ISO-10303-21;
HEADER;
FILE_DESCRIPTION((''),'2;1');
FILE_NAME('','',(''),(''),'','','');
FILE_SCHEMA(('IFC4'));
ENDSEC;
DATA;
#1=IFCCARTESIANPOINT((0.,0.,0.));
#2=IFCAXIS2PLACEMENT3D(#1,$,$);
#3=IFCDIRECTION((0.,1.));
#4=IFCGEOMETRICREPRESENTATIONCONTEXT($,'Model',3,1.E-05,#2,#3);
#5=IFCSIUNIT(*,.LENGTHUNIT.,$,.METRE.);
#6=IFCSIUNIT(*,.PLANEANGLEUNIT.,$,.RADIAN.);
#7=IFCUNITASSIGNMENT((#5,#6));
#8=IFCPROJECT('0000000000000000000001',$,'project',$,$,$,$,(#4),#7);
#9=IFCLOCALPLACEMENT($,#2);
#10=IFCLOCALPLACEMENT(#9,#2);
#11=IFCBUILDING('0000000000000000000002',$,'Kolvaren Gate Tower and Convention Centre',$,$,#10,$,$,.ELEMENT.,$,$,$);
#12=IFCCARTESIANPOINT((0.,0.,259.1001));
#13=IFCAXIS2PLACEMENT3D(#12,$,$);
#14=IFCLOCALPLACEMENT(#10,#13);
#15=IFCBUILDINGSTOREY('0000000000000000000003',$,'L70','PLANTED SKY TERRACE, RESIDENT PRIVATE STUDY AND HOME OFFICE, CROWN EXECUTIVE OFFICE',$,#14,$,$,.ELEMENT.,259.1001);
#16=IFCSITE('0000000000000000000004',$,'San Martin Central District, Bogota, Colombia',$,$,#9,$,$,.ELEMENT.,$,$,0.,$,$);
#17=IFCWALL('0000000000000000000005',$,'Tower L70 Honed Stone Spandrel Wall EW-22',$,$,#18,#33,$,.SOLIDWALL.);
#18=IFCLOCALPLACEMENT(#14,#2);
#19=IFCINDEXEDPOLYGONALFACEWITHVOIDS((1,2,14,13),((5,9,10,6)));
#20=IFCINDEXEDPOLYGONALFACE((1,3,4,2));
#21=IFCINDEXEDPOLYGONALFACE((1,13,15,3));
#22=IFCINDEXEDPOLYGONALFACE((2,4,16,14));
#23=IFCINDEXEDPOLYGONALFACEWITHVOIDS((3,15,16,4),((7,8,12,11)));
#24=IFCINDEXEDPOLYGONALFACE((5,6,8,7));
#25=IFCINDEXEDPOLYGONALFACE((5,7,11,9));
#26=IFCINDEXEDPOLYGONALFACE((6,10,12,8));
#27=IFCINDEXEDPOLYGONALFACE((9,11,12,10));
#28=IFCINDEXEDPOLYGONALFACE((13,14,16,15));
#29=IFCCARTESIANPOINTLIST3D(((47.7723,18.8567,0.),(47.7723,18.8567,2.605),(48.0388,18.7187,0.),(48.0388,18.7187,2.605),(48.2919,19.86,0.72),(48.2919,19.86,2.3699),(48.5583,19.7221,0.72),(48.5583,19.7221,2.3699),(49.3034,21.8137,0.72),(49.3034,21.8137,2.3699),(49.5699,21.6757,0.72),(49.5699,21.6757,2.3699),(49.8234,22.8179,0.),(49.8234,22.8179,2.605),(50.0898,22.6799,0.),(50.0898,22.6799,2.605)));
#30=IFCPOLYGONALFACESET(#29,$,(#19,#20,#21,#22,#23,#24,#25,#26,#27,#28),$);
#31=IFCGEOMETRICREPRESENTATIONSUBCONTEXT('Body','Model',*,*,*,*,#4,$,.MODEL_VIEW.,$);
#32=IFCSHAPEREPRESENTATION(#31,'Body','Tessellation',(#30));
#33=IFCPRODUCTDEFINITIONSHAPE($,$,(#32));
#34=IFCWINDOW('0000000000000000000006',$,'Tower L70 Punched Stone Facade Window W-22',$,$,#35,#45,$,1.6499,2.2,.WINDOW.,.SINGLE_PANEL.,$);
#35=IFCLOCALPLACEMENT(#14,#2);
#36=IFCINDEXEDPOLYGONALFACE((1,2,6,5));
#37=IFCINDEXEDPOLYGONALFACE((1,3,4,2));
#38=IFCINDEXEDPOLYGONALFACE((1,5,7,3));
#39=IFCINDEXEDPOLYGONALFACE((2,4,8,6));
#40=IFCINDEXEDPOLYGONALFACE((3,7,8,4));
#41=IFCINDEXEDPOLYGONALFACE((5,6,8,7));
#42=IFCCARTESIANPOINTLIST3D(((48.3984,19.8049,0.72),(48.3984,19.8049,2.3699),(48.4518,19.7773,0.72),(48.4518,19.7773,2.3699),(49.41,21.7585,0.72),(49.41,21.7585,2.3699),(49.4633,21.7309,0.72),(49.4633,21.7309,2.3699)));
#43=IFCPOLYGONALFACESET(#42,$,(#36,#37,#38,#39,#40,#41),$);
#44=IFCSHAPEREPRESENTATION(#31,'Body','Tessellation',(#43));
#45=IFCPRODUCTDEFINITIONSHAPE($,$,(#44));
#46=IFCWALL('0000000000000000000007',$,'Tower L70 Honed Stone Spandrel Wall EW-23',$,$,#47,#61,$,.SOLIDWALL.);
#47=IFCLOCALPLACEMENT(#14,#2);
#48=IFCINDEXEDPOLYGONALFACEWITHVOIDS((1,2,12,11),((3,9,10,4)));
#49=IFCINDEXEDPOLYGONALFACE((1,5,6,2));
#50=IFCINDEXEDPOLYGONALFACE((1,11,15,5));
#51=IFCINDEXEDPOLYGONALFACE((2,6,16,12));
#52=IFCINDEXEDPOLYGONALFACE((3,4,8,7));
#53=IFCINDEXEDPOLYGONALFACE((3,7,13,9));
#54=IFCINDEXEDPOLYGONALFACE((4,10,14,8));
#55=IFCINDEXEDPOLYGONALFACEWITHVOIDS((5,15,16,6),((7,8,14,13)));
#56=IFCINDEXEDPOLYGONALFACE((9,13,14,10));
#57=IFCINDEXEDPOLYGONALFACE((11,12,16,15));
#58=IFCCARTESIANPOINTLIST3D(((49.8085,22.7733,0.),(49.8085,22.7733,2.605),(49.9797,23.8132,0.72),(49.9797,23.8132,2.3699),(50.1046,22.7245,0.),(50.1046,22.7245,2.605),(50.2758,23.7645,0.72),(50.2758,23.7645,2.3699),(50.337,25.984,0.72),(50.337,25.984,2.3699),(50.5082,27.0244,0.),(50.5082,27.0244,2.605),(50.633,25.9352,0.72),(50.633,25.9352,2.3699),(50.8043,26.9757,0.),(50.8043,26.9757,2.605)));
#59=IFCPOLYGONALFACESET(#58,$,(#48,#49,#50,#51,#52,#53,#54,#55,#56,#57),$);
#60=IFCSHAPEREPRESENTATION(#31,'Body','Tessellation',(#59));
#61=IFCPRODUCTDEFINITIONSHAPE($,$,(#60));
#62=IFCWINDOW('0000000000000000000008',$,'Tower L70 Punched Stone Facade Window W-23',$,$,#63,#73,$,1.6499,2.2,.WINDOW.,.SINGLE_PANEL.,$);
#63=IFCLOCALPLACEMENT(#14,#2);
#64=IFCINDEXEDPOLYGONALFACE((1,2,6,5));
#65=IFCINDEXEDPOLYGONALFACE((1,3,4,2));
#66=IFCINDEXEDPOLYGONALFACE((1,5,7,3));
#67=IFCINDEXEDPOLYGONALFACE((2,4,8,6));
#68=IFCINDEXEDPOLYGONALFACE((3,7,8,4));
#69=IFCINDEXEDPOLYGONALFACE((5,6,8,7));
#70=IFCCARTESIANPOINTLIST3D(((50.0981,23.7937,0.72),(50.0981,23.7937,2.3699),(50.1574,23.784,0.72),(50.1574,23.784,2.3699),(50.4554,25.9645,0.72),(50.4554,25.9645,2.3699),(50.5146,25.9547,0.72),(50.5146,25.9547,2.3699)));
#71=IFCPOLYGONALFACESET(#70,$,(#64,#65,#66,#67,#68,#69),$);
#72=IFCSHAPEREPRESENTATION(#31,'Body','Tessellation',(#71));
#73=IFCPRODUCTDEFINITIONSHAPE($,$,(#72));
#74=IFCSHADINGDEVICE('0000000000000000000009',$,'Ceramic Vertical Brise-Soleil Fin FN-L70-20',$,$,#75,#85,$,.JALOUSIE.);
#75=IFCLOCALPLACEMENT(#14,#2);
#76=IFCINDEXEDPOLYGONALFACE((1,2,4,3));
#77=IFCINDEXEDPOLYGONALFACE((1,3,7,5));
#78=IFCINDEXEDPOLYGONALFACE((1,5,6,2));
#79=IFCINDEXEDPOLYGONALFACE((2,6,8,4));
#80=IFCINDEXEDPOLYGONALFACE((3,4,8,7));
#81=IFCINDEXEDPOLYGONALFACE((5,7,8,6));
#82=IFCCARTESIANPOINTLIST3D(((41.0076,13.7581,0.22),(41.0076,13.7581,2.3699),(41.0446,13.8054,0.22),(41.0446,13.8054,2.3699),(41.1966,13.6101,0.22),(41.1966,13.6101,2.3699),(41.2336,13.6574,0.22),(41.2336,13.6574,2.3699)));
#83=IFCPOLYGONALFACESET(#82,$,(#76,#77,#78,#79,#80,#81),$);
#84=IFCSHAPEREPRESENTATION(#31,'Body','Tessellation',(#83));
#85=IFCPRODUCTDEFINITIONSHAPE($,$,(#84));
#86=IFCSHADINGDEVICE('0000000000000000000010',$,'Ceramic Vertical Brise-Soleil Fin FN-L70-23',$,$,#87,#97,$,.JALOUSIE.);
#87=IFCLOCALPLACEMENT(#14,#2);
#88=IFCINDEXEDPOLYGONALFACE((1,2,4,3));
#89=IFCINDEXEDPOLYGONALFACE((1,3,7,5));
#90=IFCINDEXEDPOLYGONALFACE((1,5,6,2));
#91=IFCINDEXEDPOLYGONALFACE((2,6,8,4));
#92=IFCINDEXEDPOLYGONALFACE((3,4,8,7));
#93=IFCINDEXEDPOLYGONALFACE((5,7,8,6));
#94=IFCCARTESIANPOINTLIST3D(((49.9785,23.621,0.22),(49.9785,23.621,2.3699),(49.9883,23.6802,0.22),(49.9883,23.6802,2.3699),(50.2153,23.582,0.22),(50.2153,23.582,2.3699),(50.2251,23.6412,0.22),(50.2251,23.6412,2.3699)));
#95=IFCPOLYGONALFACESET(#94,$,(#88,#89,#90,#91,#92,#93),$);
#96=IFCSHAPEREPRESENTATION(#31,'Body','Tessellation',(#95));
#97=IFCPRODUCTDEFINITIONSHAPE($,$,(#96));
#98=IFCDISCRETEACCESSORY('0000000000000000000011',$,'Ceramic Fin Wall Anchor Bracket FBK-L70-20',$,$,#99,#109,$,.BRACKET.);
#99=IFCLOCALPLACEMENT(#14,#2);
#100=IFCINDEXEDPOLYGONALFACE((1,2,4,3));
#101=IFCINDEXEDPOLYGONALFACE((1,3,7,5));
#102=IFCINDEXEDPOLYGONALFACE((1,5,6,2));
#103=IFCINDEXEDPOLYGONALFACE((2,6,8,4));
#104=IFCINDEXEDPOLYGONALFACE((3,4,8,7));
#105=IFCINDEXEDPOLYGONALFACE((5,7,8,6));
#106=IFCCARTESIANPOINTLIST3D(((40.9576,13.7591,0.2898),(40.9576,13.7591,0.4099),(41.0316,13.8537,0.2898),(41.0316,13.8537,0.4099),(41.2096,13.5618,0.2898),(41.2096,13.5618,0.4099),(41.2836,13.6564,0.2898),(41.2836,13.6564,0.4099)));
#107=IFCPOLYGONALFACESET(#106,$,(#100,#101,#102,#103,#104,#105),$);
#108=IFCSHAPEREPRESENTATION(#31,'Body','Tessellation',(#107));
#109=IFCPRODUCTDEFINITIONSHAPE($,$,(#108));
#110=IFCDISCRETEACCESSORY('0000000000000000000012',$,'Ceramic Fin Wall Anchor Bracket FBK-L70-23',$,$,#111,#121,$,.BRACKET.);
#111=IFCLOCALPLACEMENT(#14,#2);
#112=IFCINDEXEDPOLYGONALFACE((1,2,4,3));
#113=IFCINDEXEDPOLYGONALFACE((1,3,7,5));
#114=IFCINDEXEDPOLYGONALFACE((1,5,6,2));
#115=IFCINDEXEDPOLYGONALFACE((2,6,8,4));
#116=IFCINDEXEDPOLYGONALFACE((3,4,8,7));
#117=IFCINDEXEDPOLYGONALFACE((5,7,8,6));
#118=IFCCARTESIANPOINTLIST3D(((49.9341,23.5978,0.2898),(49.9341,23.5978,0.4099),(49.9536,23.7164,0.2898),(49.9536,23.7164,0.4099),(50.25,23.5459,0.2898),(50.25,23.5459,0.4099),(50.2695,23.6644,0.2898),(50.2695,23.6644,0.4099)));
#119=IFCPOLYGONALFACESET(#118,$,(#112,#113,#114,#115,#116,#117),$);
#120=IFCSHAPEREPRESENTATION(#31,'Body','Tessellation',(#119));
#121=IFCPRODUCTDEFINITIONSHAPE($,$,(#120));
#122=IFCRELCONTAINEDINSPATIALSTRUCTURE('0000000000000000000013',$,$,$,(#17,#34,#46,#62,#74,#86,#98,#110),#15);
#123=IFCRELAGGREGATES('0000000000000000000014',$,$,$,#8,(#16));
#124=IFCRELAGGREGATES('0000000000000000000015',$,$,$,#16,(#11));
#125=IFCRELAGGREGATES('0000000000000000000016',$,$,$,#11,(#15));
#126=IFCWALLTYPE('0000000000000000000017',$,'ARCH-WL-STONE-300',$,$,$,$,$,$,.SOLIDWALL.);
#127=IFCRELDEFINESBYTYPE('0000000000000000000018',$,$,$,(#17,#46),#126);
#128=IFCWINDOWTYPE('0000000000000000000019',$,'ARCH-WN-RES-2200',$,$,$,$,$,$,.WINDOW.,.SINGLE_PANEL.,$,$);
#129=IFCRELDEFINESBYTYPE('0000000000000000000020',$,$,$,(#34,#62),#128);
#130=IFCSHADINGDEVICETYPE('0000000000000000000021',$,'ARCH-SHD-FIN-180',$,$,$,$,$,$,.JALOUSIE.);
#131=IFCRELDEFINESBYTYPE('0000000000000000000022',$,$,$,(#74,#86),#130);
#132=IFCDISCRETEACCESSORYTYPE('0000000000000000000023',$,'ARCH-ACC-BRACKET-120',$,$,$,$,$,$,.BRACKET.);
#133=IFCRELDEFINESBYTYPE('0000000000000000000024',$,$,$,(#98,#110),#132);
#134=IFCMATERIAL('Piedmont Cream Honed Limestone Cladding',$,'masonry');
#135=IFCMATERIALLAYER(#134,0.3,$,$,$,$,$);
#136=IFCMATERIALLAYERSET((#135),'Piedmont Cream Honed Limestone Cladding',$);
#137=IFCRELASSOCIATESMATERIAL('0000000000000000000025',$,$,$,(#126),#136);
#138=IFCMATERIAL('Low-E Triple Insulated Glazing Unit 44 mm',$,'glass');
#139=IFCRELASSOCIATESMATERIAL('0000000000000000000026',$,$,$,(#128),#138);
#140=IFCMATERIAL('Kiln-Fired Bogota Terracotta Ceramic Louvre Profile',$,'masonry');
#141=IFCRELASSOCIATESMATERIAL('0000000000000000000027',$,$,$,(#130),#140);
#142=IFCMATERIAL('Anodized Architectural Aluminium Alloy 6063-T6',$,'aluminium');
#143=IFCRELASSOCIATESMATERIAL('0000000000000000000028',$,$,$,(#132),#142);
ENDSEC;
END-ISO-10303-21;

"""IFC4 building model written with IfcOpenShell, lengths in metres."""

from ifc_helpers import new_model, si_unit, direction, frame, frame_2d, origin, origin_2d, place, context, subcontext, project, spatial, rectangle, extrude, material, layer, layer_set, type_object, element, fill, save


model = new_model("IFC4")

# Units and contexts
model_context = context("Model", 3, precision=1e-05, world=origin(), true_north=direction((0.0, 1.0)))
body_context = subcontext(model_context, "Body", "Model", "MODEL_VIEW")
ifc_project = project(units=[si_unit("LENGTHUNIT", "METRE"), si_unit("PLANEANGLEUNIT", "RADIAN")], contexts=[model_context])

# Site, building, storey
site_placement = place(None, origin())
site = spatial("IfcSite", under=ifc_project, at=site_placement, Name="San Martin Central District, Bogota, Colombia", CompositionType="ELEMENT", RefElevation=0.0)
building_placement = place(site_placement, origin())
building = spatial("IfcBuilding", under=site, at=building_placement, Name="Kolvaren Gate Tower and Convention Centre", CompositionType="ELEMENT")
storey_placement = place(building_placement, frame((0.0, 0.0, 259.1001)))
storey = spatial("IfcBuildingStorey", under=building, at=storey_placement, Name="L70", Description="PLANTED SKY TERRACE, RESIDENT PRIVATE STUDY AND HOME OFFICE, CROWN EXECUTIVE OFFICE", CompositionType="ELEMENT", Elevation=259.1001)

# Shared definitions
ifc_material_1 = material(Name="Piedmont Cream Honed Limestone Cladding", Category="masonry")

# Shared definitions
ifc_layer_1 = layer(ifc_material_1, 0.3)
ifc_layer_set_1 = layer_set([ifc_layer_1], Name="Piedmont Cream Honed Limestone Cladding")
wall_type_1 = type_object("IfcWallType", Name="ARCH-WL-STONE-300", PredefinedType="SOLIDWALL", material=ifc_layer_set_1)
ifc_material_2 = material(Name="Anodized Architectural Aluminium Alloy 6063-T6", Category="aluminium")

# Walls, openings, windows
wall_1_placement = place(storey_placement, frame((47.9055, 18.7876, 0.0), z_axis=(0.0, 0.0, 1.0), x_axis=(0.459801, 0.888022, 0.0)))
wall_1 = element("IfcWall", 1, at=wall_1_placement, inside=storey, type_object=wall_type_1, Name="Tower L70 Honed Stone Spandrel Wall EW-22", PredefinedType="SOLIDWALL", context=body_context, shape_type="SweptSolid", body=[
    extrude(rectangle(XDim=4.4607, YDim=0.3, at=frame_2d((2.2305, 0.0))), origin(), (0.0, 0.0, 1.0), 2.605),
])
opening_1_placement = place(wall_1_placement, frame((1.1299, 0.0, 0.72)))
opening_1 = element("IfcOpeningElement", 2, at=opening_1_placement, cuts=wall_1, PredefinedType="OPENING", context=body_context, shape_type="SweptSolid", body=[
    extrude(rectangle(XDim=2.2, YDim=1.6499, at=frame_2d((1.1001, 0.825))), frame((0.0, 0.1599, 0.0), z_axis=(0.0, -1.0, 0.0), x_axis=(1.0, 0.0, 0.0)), (0.0, 0.0, 1.0), 0.3201),
])
ifc_material_3 = material(Name="Low-E Triple Insulated Glazing Unit 44 mm", Category="glass")
window_type = type_object("IfcWindowType", Name="ARCH-WN-RES-2200", PartitioningType="SINGLE_PANEL", PredefinedType="WINDOW", material=ifc_material_3)
window_1_placement = place(opening_1_placement, origin())
window_1 = element("IfcWindow", 3, at=window_1_placement, inside=storey, type_object=window_type, Name="Tower L70 Punched Stone Facade Window W-22", OverallHeight=1.6499, OverallWidth=2.2, PartitioningType="SINGLE_PANEL", PredefinedType="WINDOW", context=body_context, shape_type="SweptSolid", body=[
    extrude(rectangle(XDim=2.2, YDim=1.6499, at=frame_2d((1.1001, 0.825))), frame((0.0, 0.03, 0.0), z_axis=(0.0, -1.0, 0.0), x_axis=(1.0, 0.0, 0.0)), (0.0, 0.0, 1.0), 0.0601),
])
fill(opening_1, window_1)
wall_2_placement = place(storey_placement, frame((49.9565, 22.7488, 0.0), z_axis=(0.0, 0.0, 1.0), x_axis=(0.162405, 0.986724, 0.0)))
wall_2 = element("IfcWall", 4, at=wall_2_placement, inside=storey, type_object=wall_type_1, Name="Tower L70 Honed Stone Spandrel Wall EW-23", PredefinedType="SOLIDWALL", context=body_context, shape_type="SweptSolid", body=[
    extrude(rectangle(XDim=4.3083, YDim=0.3, at=frame_2d((2.1543, 0.0))), origin(), (0.0, 0.0, 1.0), 2.605),
])
opening_2_placement = place(wall_2_placement, frame((1.054, 0.0, 0.72)))
opening_2 = element("IfcOpeningElement", 5, at=opening_2_placement, cuts=wall_2, PredefinedType="OPENING", context=body_context, shape_type="SweptSolid", body=[
    extrude(rectangle(XDim=2.2, YDim=1.6499, at=frame_2d((1.1001, 0.825))), frame((0.0, 0.1599, 0.0), z_axis=(0.0, -1.0, 0.0), x_axis=(1.0, 0.0, 0.0)), (0.0, 0.0, 1.0), 0.3201),
])
window_2_placement = place(opening_2_placement, origin())
window_2 = element("IfcWindow", 6, at=window_2_placement, inside=storey, type_object=window_type, Name="Tower L70 Punched Stone Facade Window W-23", OverallHeight=1.6499, OverallWidth=2.2, PartitioningType="SINGLE_PANEL", PredefinedType="WINDOW", context=body_context, shape_type="SweptSolid", body=[
    extrude(rectangle(XDim=2.2, YDim=1.6499, at=frame_2d((1.1001, 0.825))), frame((0.0, 0.03, 0.0), z_axis=(0.0, -1.0, 0.0), x_axis=(1.0, 0.0, 0.0)), (0.0, 0.0, 1.0), 0.0601),
])
fill(opening_2, window_2)

# Shading devices
ifc_material_4 = material(Name="Kiln-Fired Bogota Terracotta Ceramic Louvre Profile", Category="masonry")
shading_device_type = type_object("IfcShadingDeviceType", Name="ARCH-SHD-FIN-180", PredefinedType="JALOUSIE", material=ifc_material_4)
for number, where, z_axis, x_axis, name in (
    (7, (41.1206, 13.7078, 0.22), (0.0, 0.0, 1.0), (0.61643, 0.78741, 0.0), "Ceramic Vertical Brise-Soleil Fin FN-L70-20"),
    (8, (50.1018, 23.6311, 0.22), (0.0, 0.0, 1.0), (0.162386, 0.986727, 0.0), "Ceramic Vertical Brise-Soleil Fin FN-L70-23"),
):
    element("IfcShadingDevice", number, at=place(storey_placement, frame(where, z_axis=z_axis, x_axis=x_axis)), inside=storey, type_object=shading_device_type, Name=name, PredefinedType="JALOUSIE", context=body_context, shape_type="SweptSolid", body=[
        extrude(rectangle(XDim=0.0601, YDim=0.24, at=origin_2d()), origin(), (0.0, 0.0, 1.0), 2.1499),
    ])

# Discrete accessories
discrete_accessory_type = type_object("IfcDiscreteAccessoryType", Name="ARCH-ACC-BRACKET-120", PredefinedType="BRACKET", material=ifc_material_2)
for number, where, z_axis, x_axis, name in (
    (9, (41.1206, 13.7078, 0.2898), (0.0, 0.0, 1.0), (0.61643, 0.78741, 0.0), "Ceramic Fin Wall Anchor Bracket FBK-L70-20"),
    (10, (50.1018, 23.6311, 0.2898), (0.0, 0.0, 1.0), (0.162386, 0.986727, 0.0), "Ceramic Fin Wall Anchor Bracket FBK-L70-23"),
):
    element("IfcDiscreteAccessory", number, at=place(storey_placement, frame(where, z_axis=z_axis, x_axis=x_axis)), inside=storey, type_object=discrete_accessory_type, Name=name, PredefinedType="BRACKET", context=body_context, shape_type="SweptSolid", body=[
        extrude(rectangle(XDim=0.1201, YDim=0.3201, at=origin_2d()), origin(), (0.0, 0.0, 1.0), 0.1201),
    ])

save(model, "model.ifc")
